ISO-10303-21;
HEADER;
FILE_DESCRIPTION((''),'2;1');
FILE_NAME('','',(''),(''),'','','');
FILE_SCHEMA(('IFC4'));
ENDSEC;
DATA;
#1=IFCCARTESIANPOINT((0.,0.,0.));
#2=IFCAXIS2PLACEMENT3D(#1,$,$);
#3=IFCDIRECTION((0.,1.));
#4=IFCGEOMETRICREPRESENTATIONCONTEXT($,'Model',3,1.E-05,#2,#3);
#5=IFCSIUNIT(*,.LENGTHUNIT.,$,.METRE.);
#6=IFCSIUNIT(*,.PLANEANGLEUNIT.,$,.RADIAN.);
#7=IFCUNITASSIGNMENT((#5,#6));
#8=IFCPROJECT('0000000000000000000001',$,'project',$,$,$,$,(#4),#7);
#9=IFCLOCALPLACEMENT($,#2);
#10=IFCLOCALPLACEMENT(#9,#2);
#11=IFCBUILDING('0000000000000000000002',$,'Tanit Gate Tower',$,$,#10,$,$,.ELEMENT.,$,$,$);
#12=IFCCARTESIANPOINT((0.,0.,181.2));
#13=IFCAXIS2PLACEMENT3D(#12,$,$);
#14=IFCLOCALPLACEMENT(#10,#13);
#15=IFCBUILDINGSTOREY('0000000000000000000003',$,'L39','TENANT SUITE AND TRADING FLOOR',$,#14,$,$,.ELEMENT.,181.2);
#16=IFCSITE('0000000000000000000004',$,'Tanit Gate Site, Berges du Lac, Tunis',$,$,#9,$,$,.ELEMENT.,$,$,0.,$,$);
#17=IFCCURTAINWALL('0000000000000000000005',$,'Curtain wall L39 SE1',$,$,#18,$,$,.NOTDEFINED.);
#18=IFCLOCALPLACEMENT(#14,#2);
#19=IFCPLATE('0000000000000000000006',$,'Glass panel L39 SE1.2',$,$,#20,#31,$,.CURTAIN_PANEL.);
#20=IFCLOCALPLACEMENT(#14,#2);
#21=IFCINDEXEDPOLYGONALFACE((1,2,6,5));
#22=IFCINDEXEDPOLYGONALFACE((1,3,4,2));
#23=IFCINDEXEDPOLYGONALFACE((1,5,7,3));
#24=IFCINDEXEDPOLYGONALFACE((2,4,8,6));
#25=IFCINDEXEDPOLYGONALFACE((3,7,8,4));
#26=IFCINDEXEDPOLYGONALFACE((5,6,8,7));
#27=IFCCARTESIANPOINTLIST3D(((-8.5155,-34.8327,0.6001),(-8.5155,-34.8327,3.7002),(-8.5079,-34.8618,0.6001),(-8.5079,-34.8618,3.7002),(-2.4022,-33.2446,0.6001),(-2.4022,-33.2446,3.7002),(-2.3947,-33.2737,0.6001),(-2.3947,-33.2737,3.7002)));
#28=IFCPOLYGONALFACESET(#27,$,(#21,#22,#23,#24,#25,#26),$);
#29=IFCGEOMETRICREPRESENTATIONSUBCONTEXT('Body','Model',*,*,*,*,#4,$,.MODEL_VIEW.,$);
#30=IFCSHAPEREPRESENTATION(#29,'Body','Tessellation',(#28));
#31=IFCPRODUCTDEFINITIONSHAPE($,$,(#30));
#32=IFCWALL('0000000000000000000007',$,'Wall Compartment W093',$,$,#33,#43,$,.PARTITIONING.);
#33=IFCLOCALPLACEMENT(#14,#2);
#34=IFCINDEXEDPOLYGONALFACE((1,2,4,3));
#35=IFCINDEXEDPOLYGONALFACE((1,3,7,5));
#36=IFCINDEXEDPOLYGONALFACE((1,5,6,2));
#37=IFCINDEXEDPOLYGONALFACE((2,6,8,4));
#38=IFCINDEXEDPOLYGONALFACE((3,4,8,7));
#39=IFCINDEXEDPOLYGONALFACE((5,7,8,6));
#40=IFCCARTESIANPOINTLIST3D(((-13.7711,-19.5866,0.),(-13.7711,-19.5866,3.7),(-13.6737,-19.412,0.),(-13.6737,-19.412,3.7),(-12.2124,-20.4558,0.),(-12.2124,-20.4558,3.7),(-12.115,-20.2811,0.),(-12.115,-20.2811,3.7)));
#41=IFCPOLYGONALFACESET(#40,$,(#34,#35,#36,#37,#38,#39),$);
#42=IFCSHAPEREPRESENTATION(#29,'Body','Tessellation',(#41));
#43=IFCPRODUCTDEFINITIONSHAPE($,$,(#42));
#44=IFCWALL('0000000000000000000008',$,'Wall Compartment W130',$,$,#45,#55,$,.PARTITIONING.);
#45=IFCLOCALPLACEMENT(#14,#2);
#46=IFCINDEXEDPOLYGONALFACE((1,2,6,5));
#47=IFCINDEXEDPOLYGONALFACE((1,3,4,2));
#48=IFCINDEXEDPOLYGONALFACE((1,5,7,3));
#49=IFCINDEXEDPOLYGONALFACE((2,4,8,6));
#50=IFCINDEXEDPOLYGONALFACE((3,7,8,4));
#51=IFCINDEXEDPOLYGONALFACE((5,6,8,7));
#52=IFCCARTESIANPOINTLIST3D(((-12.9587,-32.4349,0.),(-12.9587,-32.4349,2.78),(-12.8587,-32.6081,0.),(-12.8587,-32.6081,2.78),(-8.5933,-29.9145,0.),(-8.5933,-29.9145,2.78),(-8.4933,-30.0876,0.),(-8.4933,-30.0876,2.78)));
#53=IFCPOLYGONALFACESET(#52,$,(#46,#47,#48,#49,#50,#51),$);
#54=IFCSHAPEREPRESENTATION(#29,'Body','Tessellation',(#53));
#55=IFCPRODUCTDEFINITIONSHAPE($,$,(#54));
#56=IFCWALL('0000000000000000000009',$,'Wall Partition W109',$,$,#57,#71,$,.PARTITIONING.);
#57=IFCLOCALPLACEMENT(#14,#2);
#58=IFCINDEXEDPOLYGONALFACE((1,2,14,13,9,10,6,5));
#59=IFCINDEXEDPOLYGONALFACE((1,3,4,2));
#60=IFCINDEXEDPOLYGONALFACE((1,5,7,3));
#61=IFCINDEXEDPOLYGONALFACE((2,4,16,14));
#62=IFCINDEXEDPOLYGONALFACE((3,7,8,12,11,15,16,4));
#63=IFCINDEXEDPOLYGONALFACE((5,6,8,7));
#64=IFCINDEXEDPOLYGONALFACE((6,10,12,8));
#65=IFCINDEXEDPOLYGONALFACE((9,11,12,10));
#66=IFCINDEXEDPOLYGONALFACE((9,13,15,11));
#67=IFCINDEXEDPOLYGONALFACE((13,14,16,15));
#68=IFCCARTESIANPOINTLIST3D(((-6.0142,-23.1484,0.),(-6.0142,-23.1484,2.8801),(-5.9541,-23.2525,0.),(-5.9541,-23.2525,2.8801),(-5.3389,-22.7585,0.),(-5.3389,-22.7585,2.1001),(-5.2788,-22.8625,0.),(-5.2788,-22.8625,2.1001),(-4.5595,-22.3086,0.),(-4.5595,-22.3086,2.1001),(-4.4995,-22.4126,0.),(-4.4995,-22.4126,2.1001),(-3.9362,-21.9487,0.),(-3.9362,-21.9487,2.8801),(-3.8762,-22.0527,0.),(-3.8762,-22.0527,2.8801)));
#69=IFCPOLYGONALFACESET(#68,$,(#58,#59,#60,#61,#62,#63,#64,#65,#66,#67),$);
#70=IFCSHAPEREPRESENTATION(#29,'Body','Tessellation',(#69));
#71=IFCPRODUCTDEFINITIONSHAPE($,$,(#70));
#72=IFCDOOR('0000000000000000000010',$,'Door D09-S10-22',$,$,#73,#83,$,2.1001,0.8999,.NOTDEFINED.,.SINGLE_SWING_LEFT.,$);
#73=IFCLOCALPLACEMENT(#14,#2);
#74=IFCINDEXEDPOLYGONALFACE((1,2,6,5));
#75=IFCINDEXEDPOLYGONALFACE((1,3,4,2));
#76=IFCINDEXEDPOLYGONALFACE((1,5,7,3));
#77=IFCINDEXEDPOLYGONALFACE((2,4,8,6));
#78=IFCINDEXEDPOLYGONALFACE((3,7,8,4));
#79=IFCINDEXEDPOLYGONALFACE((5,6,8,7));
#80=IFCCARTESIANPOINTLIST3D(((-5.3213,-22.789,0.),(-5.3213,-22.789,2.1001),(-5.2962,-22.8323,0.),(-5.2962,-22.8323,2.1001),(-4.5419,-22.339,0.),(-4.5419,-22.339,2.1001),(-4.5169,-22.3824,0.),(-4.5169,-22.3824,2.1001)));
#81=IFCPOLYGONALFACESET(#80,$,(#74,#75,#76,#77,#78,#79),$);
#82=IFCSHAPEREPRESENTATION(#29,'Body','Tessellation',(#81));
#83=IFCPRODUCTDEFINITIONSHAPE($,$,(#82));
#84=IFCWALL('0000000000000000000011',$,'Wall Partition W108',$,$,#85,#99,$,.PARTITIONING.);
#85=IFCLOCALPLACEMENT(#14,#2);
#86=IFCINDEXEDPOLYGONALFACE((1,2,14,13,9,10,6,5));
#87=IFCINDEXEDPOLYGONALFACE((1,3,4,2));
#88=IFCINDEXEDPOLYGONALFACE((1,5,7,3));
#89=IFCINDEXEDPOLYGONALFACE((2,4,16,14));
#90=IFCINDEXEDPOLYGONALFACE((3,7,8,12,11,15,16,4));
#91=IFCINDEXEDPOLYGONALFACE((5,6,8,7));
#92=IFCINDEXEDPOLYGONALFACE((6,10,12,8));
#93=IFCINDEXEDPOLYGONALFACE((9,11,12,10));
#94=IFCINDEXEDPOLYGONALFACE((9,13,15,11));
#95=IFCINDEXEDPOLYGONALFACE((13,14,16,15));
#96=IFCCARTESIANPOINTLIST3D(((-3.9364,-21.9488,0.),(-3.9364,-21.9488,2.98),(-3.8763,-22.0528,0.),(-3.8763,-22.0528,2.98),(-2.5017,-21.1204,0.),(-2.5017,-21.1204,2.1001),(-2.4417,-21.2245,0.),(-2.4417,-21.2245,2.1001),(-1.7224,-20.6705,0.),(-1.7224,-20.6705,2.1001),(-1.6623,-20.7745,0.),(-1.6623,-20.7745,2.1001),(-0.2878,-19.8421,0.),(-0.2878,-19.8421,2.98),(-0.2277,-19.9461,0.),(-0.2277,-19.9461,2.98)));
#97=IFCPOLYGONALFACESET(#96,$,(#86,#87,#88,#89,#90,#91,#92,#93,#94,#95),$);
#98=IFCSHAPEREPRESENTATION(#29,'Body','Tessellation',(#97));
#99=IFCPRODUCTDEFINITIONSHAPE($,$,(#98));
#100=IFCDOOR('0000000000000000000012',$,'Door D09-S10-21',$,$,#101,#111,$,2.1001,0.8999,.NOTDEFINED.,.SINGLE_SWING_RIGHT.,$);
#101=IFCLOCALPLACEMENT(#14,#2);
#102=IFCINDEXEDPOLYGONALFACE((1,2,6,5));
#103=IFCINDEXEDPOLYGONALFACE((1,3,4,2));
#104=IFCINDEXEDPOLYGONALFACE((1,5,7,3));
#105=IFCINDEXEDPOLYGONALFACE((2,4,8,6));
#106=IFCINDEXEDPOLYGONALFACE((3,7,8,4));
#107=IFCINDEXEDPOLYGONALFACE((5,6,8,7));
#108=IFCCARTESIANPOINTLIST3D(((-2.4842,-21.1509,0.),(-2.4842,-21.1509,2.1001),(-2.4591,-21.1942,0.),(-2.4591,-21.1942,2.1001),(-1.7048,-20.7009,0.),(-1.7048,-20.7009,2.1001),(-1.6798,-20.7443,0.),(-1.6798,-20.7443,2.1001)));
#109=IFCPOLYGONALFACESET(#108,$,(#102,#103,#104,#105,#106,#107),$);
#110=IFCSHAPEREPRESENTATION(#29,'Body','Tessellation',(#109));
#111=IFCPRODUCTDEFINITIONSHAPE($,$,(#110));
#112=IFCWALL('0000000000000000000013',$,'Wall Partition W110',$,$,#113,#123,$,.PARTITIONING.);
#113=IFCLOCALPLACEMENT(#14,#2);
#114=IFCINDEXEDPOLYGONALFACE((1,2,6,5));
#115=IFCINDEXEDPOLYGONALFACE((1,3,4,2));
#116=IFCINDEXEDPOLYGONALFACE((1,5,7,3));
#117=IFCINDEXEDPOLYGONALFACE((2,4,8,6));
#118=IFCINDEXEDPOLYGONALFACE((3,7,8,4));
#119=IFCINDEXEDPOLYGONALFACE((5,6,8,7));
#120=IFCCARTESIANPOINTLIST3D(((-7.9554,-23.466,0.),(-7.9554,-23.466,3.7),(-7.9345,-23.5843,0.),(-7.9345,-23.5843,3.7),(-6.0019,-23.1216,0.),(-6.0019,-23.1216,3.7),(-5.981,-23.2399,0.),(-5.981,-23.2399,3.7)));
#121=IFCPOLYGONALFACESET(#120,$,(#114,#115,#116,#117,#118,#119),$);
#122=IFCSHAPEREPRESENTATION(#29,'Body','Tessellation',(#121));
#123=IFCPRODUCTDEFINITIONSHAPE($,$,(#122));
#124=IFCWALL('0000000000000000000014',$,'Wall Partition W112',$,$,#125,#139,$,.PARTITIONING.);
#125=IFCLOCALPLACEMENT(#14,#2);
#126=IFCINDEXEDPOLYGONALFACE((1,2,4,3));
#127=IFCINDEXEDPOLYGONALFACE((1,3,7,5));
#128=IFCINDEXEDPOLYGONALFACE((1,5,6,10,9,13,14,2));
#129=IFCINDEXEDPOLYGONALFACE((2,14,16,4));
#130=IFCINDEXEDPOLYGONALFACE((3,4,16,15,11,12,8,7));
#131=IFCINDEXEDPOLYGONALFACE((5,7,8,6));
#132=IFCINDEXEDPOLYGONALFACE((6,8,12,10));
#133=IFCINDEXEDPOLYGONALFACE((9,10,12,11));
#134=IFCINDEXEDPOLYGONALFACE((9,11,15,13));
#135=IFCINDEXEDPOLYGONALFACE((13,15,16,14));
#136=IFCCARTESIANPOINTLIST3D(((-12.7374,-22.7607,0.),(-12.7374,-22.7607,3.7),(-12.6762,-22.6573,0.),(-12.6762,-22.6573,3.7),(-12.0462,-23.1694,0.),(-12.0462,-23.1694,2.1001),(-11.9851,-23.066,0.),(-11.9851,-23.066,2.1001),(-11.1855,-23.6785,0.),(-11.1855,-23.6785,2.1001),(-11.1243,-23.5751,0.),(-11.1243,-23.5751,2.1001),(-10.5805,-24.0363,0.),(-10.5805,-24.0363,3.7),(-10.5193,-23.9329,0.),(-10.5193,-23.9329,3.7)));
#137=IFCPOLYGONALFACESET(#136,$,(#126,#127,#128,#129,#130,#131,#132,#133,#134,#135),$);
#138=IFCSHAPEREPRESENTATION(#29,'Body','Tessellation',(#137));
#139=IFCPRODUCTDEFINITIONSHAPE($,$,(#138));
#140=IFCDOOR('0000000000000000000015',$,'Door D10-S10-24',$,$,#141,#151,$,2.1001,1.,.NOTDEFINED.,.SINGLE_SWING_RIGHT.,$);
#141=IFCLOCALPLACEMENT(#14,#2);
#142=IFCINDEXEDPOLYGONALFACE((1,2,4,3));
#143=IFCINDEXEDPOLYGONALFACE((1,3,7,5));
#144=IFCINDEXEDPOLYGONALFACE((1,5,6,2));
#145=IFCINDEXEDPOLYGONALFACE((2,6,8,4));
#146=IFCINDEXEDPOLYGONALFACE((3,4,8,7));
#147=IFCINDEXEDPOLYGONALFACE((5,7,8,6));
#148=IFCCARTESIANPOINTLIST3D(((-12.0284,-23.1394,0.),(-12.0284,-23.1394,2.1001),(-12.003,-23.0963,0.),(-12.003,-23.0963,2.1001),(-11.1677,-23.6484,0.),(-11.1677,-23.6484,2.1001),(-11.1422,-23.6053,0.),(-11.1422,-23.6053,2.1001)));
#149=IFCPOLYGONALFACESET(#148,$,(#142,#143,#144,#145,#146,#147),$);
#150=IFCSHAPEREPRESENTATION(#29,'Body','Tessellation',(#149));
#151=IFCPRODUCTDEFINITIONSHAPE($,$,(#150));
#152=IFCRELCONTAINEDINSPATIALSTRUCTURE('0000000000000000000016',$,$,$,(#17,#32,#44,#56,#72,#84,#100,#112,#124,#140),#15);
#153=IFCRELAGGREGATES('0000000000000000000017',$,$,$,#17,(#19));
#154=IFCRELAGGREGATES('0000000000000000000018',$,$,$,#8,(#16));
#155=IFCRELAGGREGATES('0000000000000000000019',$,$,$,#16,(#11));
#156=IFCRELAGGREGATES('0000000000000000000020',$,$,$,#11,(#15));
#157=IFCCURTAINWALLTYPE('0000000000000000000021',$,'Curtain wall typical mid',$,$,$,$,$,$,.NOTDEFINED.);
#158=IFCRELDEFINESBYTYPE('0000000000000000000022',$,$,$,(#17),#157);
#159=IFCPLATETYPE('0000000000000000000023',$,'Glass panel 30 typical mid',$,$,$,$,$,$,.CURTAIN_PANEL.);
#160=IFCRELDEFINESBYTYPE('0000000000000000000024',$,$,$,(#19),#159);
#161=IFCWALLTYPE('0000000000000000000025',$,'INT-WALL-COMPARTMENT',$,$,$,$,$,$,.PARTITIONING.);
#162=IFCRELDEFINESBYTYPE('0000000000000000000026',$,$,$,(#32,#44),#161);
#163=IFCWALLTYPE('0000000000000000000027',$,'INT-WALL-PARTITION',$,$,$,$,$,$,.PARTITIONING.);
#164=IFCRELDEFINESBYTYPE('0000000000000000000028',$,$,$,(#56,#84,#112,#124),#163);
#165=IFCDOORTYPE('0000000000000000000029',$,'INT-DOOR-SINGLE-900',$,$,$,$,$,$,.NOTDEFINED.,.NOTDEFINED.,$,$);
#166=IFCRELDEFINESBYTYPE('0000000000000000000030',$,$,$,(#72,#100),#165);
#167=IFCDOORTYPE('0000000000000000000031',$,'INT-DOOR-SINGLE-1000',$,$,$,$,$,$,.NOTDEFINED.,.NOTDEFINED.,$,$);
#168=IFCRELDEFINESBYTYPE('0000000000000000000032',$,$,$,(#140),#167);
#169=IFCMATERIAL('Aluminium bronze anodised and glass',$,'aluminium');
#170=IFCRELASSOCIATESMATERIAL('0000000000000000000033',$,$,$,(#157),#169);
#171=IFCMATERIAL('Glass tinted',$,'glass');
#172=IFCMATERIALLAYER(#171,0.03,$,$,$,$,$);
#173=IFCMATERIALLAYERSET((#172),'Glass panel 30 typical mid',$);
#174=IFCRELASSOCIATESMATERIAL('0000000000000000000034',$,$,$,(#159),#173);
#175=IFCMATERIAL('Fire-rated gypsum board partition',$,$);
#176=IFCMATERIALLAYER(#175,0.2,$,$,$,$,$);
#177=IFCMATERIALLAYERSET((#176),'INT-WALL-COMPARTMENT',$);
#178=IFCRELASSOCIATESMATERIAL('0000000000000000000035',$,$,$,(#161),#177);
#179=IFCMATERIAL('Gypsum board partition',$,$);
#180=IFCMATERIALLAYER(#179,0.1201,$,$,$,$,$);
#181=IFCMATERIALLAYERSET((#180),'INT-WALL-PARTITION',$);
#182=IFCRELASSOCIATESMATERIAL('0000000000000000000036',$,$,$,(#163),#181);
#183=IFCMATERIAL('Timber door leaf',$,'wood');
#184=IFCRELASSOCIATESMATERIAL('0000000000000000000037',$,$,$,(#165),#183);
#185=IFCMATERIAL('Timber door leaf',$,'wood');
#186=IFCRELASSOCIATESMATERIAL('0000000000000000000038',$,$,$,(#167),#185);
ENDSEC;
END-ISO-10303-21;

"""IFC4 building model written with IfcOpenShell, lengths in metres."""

from ifc_helpers import new_model, si_unit, direction, frame, frame_2d, origin, origin_2d, place, context, subcontext, project, spatial, rectangle, extrude, material, layer, layer_set, type_object, element, fill, aggregate, save


model = new_model("IFC4")

# Units and contexts
model_context = context("Model", 3, precision=1e-05, world=origin(), true_north=direction((0.0, 1.0)))
body_context = subcontext(model_context, "Body", "Model", "MODEL_VIEW")
ifc_project = project(units=[si_unit("LENGTHUNIT", "METRE"), si_unit("PLANEANGLEUNIT", "RADIAN")], contexts=[model_context])

# Site, building, storey
site_placement = place(None, origin())
site = spatial("IfcSite", under=ifc_project, at=site_placement, Name="Tanit Gate Site, Berges du Lac, Tunis", CompositionType="ELEMENT", RefElevation=0.0)
building_placement = place(site_placement, origin())
building = spatial("IfcBuilding", under=site, at=building_placement, Name="Tanit Gate Tower", CompositionType="ELEMENT")
storey_placement = place(building_placement, frame((0.0, 0.0, 181.2)))
storey = spatial("IfcBuildingStorey", under=building, at=storey_placement, Name="L39", Description="TENANT SUITE AND TRADING FLOOR", CompositionType="ELEMENT", Elevation=181.2)

# Curtain wall
ifc_material_1 = material(Name="Aluminium bronze anodised and glass", Category="aluminium")
curtain_wall_type = type_object("IfcCurtainWallType", Name="Curtain wall typical mid", PredefinedType="NOTDEFINED", material=ifc_material_1)
curtain_wall_placement = place(storey_placement, origin())
curtain_wall = element("IfcCurtainWall", 1, at=curtain_wall_placement, inside=storey, type_object=curtain_wall_type, Name="Curtain wall L39 SE1", PredefinedType="NOTDEFINED")

# Plate
ifc_material_2 = material(Name="Glass tinted", Category="glass")
ifc_layer_1 = layer(ifc_material_2, 0.03)
ifc_layer_set_1 = layer_set([ifc_layer_1], Name="Glass panel 30 typical mid")
plate_type = type_object("IfcPlateType", Name="Glass panel 30 typical mid", PredefinedType="CURTAIN_PANEL", material=ifc_layer_set_1)
plate_1_placement = place(storey_placement, frame((-5.4551, -34.0532, 0.6001), z_axis=(0.0, 0.0, 1.0), x_axis=(0.967875, 0.251432, 0.0)))
plate_1 = element("IfcPlate", 2, at=plate_1_placement, type_object=plate_type, Name="Glass panel L39 SE1.2", PredefinedType="CURTAIN_PANEL", context=body_context, shape_type="SweptSolid", body=[
    extrude(rectangle(XDim=6.3162, YDim=0.03, at=origin_2d()), origin(), (0.0, 0.0, 1.0), 3.1001),
])
aggregate(curtain_wall, [plate_1])

# Walls
ifc_material_3 = material(Name="Fire-rated gypsum board partition")
ifc_layer_2 = layer(ifc_material_3, 0.2)
ifc_layer_set_2 = layer_set([ifc_layer_2], Name="INT-WALL-COMPARTMENT")
wall_type_1 = type_object("IfcWallType", Name="INT-WALL-COMPARTMENT", PredefinedType="PARTITIONING", material=ifc_layer_set_2)
wall_1_placement = place(storey_placement, frame((-13.7224, -19.4993, 0.0), z_axis=(0.0, 0.0, 1.0), x_axis=(0.873382, -0.487036, 0.0)))
element("IfcWall", 3, at=wall_1_placement, inside=storey, type_object=wall_type_1, Name="Wall Compartment W093", PredefinedType="PARTITIONING", context=body_context, shape_type="SweptSolid", body=[
    extrude(rectangle(XDim=1.7847, YDim=0.2, at=frame_2d((0.8923, 0.0))), origin(), (0.0, 0.0, 1.0), 3.7),
])
wall_2_placement = place(storey_placement, frame((-8.5432, -30.001, 0.0), z_axis=(0.0, 0.0, 1.0), x_axis=(-0.866017, -0.500015, 0.0)))
element("IfcWall", 4, at=wall_2_placement, inside=storey, type_object=wall_type_1, Name="Wall Compartment W130", PredefinedType="PARTITIONING", context=body_context, shape_type="SweptSolid", body=[
    extrude(rectangle(XDim=5.0408, YDim=0.2, at=frame_2d((2.5205, 0.0))), origin(), (0.0, 0.0, 1.0), 2.78),
])

# Walls, openings, doors
ifc_material_4 = material(Name="Gypsum board partition")
ifc_layer_3 = layer(ifc_material_4, 0.1201)
ifc_layer_set_3 = layer_set([ifc_layer_3], Name="INT-WALL-PARTITION")
wall_type_2 = type_object("IfcWallType", Name="INT-WALL-PARTITION", PredefinedType="PARTITIONING", material=ifc_layer_set_3)
wall_3_placement = place(storey_placement, frame((-5.9841, -23.2004, 0.0), z_axis=(0.0, 0.0, 1.0), x_axis=(0.866018, 0.500013, 0.0)))
wall_3 = element("IfcWall", 5, at=wall_3_placement, inside=storey, type_object=wall_type_2, Name="Wall Partition W109", PredefinedType="PARTITIONING", context=body_context, shape_type="SweptSolid", body=[
    extrude(rectangle(XDim=2.3994, YDim=0.1201, at=frame_2d((1.1997, 0.0))), origin(), (0.0, 0.0, 1.0), 2.8801),
])
opening_1_placement = place(wall_3_placement, frame((0.7798, 0.0, 0.0)))
opening_1 = element("IfcOpeningElement", 6, at=opening_1_placement, cuts=wall_3, PredefinedType="OPENING", context=body_context, shape_type="SweptSolid", body=[
    extrude(rectangle(XDim=0.8999, YDim=2.1001, at=frame_2d((0.45, 1.05))), frame((0.0, 0.0701, 0.0), z_axis=(0.0, -1.0, 0.0), x_axis=(1.0, 0.0, 0.0)), (0.0, 0.0, 1.0), 0.1401),
])
ifc_material_5 = material(Name="Timber door leaf", Category="wood")
door_type_1 = type_object("IfcDoorType", Name="INT-DOOR-SINGLE-900", OperationType="NOTDEFINED", PredefinedType="NOTDEFINED", material=ifc_material_5)
door_1_placement = place(opening_1_placement, origin())
door_1 = element("IfcDoor", 7, at=door_1_placement, inside=storey, type_object=door_type_1, Name="Door D09-S10-22", OperationType="SINGLE_SWING_LEFT", OverallHeight=2.1001, OverallWidth=0.8999, PredefinedType="NOTDEFINED", context=body_context, shape_type="SweptSolid", body=[
    extrude(rectangle(XDim=0.8999, YDim=2.1001, at=frame_2d((0.45, 1.05))), frame((0.0, 0.0249, 0.0), z_axis=(0.0, -1.0, 0.0), x_axis=(1.0, 0.0, 0.0)), (0.0, 0.0, 1.0), 0.05),
])
fill(opening_1, door_1)
wall_4_placement = place(storey_placement, frame((-3.9062, -22.0007, 0.0), z_axis=(0.0, 0.0, 1.0), x_axis=(0.866013, 0.500022, 0.0)))
wall_4 = element("IfcWall", 8, at=wall_4_placement, inside=storey, type_object=wall_type_2, Name="Wall Partition W108", PredefinedType="PARTITIONING", context=body_context, shape_type="SweptSolid", body=[
    extrude(rectangle(XDim=4.2131, YDim=0.1201, at=frame_2d((2.1064, 0.0))), origin(), (0.0, 0.0, 1.0), 2.98),
])
opening_2_placement = place(wall_4_placement, frame((1.6565, 0.0, 0.0)))
opening_2 = element("IfcOpeningElement", 9, at=opening_2_placement, cuts=wall_4, PredefinedType="OPENING", context=body_context, shape_type="SweptSolid", body=[
    extrude(rectangle(XDim=0.8999, YDim=2.1001, at=frame_2d((0.45, 1.05))), frame((0.0, 0.0701, 0.0), z_axis=(0.0, -1.0, 0.0), x_axis=(1.0, 0.0, 0.0)), (0.0, 0.0, 1.0), 0.1401),
])
door_2_placement = place(opening_2_placement, origin())
door_2 = element("IfcDoor", 10, at=door_2_placement, inside=storey, type_object=door_type_1, Name="Door D09-S10-21", OperationType="SINGLE_SWING_RIGHT", OverallHeight=2.1001, OverallWidth=0.8999, PredefinedType="NOTDEFINED", context=body_context, shape_type="SweptSolid", body=[
    extrude(rectangle(XDim=0.8999, YDim=2.1001, at=frame_2d((0.45, 1.05))), frame((0.0, 0.0249, 0.0), z_axis=(0.0, -1.0, 0.0), x_axis=(1.0, 0.0, 0.0)), (0.0, 0.0, 1.0), 0.05),
])
fill(opening_2, door_2)

# Wall
wall_5_placement = place(storey_placement, frame((-7.9448, -23.5251, 0.0), z_axis=(0.0, 0.0, 1.0), x_axis=(0.984807, 0.173652, 0.0)))
element("IfcWall", 11, at=wall_5_placement, inside=storey, type_object=wall_type_2, Name="Wall Partition W110", PredefinedType="PARTITIONING", context=body_context, shape_type="SweptSolid", body=[
    extrude(rectangle(XDim=1.9836, YDim=0.1201, at=frame_2d((0.9917, 0.0))), origin(), (0.0, 0.0, 1.0), 3.7),
])

# Wall, opening, door
wall_6_placement = place(storey_placement, frame((-12.7068, -22.709, 0.0), z_axis=(0.0, 0.0, 1.0), x_axis=(0.860742, -0.509041, 0.0)))
wall_6 = element("IfcWall", 12, at=wall_6_placement, inside=storey, type_object=wall_type_2, Name="Wall Partition W112", PredefinedType="PARTITIONING", context=body_context, shape_type="SweptSolid", body=[
    extrude(rectangle(XDim=2.5059, YDim=0.1201, at=frame_2d((1.2529, 0.0))), origin(), (0.0, 0.0, 1.0), 3.7),
])
opening_3_placement = place(wall_6_placement, frame((0.803, 0.0, 0.0)))
opening_3 = element("IfcOpeningElement", 13, at=opening_3_placement, cuts=wall_6, PredefinedType="OPENING", context=body_context, shape_type="SweptSolid", body=[
    extrude(rectangle(XDim=1.0, YDim=2.1001, at=frame_2d((0.5, 1.05))), frame((0.0, 0.0701, 0.0), z_axis=(0.0, -1.0, 0.0), x_axis=(1.0, 0.0, 0.0)), (0.0, 0.0, 1.0), 0.1401),
])
ifc_material_6 = material(Name="Timber door leaf", Category="wood")
door_type_2 = type_object("IfcDoorType", Name="INT-DOOR-SINGLE-1000", OperationType="NOTDEFINED", PredefinedType="NOTDEFINED", material=ifc_material_6)
door_3_placement = place(opening_3_placement, origin())
door_3 = element("IfcDoor", 14, at=door_3_placement, inside=storey, type_object=door_type_2, Name="Door D10-S10-24", OperationType="SINGLE_SWING_RIGHT", OverallHeight=2.1001, OverallWidth=1.0, PredefinedType="NOTDEFINED", context=body_context, shape_type="SweptSolid", body=[
    extrude(rectangle(XDim=1.0, YDim=2.1001, at=frame_2d((0.5, 1.05))), frame((0.0, 0.0249, 0.0), z_axis=(0.0, -1.0, 0.0), x_axis=(1.0, 0.0, 0.0)), (0.0, 0.0, 1.0), 0.05),
])
fill(opening_3, door_3)

save(model, "model.ifc")
